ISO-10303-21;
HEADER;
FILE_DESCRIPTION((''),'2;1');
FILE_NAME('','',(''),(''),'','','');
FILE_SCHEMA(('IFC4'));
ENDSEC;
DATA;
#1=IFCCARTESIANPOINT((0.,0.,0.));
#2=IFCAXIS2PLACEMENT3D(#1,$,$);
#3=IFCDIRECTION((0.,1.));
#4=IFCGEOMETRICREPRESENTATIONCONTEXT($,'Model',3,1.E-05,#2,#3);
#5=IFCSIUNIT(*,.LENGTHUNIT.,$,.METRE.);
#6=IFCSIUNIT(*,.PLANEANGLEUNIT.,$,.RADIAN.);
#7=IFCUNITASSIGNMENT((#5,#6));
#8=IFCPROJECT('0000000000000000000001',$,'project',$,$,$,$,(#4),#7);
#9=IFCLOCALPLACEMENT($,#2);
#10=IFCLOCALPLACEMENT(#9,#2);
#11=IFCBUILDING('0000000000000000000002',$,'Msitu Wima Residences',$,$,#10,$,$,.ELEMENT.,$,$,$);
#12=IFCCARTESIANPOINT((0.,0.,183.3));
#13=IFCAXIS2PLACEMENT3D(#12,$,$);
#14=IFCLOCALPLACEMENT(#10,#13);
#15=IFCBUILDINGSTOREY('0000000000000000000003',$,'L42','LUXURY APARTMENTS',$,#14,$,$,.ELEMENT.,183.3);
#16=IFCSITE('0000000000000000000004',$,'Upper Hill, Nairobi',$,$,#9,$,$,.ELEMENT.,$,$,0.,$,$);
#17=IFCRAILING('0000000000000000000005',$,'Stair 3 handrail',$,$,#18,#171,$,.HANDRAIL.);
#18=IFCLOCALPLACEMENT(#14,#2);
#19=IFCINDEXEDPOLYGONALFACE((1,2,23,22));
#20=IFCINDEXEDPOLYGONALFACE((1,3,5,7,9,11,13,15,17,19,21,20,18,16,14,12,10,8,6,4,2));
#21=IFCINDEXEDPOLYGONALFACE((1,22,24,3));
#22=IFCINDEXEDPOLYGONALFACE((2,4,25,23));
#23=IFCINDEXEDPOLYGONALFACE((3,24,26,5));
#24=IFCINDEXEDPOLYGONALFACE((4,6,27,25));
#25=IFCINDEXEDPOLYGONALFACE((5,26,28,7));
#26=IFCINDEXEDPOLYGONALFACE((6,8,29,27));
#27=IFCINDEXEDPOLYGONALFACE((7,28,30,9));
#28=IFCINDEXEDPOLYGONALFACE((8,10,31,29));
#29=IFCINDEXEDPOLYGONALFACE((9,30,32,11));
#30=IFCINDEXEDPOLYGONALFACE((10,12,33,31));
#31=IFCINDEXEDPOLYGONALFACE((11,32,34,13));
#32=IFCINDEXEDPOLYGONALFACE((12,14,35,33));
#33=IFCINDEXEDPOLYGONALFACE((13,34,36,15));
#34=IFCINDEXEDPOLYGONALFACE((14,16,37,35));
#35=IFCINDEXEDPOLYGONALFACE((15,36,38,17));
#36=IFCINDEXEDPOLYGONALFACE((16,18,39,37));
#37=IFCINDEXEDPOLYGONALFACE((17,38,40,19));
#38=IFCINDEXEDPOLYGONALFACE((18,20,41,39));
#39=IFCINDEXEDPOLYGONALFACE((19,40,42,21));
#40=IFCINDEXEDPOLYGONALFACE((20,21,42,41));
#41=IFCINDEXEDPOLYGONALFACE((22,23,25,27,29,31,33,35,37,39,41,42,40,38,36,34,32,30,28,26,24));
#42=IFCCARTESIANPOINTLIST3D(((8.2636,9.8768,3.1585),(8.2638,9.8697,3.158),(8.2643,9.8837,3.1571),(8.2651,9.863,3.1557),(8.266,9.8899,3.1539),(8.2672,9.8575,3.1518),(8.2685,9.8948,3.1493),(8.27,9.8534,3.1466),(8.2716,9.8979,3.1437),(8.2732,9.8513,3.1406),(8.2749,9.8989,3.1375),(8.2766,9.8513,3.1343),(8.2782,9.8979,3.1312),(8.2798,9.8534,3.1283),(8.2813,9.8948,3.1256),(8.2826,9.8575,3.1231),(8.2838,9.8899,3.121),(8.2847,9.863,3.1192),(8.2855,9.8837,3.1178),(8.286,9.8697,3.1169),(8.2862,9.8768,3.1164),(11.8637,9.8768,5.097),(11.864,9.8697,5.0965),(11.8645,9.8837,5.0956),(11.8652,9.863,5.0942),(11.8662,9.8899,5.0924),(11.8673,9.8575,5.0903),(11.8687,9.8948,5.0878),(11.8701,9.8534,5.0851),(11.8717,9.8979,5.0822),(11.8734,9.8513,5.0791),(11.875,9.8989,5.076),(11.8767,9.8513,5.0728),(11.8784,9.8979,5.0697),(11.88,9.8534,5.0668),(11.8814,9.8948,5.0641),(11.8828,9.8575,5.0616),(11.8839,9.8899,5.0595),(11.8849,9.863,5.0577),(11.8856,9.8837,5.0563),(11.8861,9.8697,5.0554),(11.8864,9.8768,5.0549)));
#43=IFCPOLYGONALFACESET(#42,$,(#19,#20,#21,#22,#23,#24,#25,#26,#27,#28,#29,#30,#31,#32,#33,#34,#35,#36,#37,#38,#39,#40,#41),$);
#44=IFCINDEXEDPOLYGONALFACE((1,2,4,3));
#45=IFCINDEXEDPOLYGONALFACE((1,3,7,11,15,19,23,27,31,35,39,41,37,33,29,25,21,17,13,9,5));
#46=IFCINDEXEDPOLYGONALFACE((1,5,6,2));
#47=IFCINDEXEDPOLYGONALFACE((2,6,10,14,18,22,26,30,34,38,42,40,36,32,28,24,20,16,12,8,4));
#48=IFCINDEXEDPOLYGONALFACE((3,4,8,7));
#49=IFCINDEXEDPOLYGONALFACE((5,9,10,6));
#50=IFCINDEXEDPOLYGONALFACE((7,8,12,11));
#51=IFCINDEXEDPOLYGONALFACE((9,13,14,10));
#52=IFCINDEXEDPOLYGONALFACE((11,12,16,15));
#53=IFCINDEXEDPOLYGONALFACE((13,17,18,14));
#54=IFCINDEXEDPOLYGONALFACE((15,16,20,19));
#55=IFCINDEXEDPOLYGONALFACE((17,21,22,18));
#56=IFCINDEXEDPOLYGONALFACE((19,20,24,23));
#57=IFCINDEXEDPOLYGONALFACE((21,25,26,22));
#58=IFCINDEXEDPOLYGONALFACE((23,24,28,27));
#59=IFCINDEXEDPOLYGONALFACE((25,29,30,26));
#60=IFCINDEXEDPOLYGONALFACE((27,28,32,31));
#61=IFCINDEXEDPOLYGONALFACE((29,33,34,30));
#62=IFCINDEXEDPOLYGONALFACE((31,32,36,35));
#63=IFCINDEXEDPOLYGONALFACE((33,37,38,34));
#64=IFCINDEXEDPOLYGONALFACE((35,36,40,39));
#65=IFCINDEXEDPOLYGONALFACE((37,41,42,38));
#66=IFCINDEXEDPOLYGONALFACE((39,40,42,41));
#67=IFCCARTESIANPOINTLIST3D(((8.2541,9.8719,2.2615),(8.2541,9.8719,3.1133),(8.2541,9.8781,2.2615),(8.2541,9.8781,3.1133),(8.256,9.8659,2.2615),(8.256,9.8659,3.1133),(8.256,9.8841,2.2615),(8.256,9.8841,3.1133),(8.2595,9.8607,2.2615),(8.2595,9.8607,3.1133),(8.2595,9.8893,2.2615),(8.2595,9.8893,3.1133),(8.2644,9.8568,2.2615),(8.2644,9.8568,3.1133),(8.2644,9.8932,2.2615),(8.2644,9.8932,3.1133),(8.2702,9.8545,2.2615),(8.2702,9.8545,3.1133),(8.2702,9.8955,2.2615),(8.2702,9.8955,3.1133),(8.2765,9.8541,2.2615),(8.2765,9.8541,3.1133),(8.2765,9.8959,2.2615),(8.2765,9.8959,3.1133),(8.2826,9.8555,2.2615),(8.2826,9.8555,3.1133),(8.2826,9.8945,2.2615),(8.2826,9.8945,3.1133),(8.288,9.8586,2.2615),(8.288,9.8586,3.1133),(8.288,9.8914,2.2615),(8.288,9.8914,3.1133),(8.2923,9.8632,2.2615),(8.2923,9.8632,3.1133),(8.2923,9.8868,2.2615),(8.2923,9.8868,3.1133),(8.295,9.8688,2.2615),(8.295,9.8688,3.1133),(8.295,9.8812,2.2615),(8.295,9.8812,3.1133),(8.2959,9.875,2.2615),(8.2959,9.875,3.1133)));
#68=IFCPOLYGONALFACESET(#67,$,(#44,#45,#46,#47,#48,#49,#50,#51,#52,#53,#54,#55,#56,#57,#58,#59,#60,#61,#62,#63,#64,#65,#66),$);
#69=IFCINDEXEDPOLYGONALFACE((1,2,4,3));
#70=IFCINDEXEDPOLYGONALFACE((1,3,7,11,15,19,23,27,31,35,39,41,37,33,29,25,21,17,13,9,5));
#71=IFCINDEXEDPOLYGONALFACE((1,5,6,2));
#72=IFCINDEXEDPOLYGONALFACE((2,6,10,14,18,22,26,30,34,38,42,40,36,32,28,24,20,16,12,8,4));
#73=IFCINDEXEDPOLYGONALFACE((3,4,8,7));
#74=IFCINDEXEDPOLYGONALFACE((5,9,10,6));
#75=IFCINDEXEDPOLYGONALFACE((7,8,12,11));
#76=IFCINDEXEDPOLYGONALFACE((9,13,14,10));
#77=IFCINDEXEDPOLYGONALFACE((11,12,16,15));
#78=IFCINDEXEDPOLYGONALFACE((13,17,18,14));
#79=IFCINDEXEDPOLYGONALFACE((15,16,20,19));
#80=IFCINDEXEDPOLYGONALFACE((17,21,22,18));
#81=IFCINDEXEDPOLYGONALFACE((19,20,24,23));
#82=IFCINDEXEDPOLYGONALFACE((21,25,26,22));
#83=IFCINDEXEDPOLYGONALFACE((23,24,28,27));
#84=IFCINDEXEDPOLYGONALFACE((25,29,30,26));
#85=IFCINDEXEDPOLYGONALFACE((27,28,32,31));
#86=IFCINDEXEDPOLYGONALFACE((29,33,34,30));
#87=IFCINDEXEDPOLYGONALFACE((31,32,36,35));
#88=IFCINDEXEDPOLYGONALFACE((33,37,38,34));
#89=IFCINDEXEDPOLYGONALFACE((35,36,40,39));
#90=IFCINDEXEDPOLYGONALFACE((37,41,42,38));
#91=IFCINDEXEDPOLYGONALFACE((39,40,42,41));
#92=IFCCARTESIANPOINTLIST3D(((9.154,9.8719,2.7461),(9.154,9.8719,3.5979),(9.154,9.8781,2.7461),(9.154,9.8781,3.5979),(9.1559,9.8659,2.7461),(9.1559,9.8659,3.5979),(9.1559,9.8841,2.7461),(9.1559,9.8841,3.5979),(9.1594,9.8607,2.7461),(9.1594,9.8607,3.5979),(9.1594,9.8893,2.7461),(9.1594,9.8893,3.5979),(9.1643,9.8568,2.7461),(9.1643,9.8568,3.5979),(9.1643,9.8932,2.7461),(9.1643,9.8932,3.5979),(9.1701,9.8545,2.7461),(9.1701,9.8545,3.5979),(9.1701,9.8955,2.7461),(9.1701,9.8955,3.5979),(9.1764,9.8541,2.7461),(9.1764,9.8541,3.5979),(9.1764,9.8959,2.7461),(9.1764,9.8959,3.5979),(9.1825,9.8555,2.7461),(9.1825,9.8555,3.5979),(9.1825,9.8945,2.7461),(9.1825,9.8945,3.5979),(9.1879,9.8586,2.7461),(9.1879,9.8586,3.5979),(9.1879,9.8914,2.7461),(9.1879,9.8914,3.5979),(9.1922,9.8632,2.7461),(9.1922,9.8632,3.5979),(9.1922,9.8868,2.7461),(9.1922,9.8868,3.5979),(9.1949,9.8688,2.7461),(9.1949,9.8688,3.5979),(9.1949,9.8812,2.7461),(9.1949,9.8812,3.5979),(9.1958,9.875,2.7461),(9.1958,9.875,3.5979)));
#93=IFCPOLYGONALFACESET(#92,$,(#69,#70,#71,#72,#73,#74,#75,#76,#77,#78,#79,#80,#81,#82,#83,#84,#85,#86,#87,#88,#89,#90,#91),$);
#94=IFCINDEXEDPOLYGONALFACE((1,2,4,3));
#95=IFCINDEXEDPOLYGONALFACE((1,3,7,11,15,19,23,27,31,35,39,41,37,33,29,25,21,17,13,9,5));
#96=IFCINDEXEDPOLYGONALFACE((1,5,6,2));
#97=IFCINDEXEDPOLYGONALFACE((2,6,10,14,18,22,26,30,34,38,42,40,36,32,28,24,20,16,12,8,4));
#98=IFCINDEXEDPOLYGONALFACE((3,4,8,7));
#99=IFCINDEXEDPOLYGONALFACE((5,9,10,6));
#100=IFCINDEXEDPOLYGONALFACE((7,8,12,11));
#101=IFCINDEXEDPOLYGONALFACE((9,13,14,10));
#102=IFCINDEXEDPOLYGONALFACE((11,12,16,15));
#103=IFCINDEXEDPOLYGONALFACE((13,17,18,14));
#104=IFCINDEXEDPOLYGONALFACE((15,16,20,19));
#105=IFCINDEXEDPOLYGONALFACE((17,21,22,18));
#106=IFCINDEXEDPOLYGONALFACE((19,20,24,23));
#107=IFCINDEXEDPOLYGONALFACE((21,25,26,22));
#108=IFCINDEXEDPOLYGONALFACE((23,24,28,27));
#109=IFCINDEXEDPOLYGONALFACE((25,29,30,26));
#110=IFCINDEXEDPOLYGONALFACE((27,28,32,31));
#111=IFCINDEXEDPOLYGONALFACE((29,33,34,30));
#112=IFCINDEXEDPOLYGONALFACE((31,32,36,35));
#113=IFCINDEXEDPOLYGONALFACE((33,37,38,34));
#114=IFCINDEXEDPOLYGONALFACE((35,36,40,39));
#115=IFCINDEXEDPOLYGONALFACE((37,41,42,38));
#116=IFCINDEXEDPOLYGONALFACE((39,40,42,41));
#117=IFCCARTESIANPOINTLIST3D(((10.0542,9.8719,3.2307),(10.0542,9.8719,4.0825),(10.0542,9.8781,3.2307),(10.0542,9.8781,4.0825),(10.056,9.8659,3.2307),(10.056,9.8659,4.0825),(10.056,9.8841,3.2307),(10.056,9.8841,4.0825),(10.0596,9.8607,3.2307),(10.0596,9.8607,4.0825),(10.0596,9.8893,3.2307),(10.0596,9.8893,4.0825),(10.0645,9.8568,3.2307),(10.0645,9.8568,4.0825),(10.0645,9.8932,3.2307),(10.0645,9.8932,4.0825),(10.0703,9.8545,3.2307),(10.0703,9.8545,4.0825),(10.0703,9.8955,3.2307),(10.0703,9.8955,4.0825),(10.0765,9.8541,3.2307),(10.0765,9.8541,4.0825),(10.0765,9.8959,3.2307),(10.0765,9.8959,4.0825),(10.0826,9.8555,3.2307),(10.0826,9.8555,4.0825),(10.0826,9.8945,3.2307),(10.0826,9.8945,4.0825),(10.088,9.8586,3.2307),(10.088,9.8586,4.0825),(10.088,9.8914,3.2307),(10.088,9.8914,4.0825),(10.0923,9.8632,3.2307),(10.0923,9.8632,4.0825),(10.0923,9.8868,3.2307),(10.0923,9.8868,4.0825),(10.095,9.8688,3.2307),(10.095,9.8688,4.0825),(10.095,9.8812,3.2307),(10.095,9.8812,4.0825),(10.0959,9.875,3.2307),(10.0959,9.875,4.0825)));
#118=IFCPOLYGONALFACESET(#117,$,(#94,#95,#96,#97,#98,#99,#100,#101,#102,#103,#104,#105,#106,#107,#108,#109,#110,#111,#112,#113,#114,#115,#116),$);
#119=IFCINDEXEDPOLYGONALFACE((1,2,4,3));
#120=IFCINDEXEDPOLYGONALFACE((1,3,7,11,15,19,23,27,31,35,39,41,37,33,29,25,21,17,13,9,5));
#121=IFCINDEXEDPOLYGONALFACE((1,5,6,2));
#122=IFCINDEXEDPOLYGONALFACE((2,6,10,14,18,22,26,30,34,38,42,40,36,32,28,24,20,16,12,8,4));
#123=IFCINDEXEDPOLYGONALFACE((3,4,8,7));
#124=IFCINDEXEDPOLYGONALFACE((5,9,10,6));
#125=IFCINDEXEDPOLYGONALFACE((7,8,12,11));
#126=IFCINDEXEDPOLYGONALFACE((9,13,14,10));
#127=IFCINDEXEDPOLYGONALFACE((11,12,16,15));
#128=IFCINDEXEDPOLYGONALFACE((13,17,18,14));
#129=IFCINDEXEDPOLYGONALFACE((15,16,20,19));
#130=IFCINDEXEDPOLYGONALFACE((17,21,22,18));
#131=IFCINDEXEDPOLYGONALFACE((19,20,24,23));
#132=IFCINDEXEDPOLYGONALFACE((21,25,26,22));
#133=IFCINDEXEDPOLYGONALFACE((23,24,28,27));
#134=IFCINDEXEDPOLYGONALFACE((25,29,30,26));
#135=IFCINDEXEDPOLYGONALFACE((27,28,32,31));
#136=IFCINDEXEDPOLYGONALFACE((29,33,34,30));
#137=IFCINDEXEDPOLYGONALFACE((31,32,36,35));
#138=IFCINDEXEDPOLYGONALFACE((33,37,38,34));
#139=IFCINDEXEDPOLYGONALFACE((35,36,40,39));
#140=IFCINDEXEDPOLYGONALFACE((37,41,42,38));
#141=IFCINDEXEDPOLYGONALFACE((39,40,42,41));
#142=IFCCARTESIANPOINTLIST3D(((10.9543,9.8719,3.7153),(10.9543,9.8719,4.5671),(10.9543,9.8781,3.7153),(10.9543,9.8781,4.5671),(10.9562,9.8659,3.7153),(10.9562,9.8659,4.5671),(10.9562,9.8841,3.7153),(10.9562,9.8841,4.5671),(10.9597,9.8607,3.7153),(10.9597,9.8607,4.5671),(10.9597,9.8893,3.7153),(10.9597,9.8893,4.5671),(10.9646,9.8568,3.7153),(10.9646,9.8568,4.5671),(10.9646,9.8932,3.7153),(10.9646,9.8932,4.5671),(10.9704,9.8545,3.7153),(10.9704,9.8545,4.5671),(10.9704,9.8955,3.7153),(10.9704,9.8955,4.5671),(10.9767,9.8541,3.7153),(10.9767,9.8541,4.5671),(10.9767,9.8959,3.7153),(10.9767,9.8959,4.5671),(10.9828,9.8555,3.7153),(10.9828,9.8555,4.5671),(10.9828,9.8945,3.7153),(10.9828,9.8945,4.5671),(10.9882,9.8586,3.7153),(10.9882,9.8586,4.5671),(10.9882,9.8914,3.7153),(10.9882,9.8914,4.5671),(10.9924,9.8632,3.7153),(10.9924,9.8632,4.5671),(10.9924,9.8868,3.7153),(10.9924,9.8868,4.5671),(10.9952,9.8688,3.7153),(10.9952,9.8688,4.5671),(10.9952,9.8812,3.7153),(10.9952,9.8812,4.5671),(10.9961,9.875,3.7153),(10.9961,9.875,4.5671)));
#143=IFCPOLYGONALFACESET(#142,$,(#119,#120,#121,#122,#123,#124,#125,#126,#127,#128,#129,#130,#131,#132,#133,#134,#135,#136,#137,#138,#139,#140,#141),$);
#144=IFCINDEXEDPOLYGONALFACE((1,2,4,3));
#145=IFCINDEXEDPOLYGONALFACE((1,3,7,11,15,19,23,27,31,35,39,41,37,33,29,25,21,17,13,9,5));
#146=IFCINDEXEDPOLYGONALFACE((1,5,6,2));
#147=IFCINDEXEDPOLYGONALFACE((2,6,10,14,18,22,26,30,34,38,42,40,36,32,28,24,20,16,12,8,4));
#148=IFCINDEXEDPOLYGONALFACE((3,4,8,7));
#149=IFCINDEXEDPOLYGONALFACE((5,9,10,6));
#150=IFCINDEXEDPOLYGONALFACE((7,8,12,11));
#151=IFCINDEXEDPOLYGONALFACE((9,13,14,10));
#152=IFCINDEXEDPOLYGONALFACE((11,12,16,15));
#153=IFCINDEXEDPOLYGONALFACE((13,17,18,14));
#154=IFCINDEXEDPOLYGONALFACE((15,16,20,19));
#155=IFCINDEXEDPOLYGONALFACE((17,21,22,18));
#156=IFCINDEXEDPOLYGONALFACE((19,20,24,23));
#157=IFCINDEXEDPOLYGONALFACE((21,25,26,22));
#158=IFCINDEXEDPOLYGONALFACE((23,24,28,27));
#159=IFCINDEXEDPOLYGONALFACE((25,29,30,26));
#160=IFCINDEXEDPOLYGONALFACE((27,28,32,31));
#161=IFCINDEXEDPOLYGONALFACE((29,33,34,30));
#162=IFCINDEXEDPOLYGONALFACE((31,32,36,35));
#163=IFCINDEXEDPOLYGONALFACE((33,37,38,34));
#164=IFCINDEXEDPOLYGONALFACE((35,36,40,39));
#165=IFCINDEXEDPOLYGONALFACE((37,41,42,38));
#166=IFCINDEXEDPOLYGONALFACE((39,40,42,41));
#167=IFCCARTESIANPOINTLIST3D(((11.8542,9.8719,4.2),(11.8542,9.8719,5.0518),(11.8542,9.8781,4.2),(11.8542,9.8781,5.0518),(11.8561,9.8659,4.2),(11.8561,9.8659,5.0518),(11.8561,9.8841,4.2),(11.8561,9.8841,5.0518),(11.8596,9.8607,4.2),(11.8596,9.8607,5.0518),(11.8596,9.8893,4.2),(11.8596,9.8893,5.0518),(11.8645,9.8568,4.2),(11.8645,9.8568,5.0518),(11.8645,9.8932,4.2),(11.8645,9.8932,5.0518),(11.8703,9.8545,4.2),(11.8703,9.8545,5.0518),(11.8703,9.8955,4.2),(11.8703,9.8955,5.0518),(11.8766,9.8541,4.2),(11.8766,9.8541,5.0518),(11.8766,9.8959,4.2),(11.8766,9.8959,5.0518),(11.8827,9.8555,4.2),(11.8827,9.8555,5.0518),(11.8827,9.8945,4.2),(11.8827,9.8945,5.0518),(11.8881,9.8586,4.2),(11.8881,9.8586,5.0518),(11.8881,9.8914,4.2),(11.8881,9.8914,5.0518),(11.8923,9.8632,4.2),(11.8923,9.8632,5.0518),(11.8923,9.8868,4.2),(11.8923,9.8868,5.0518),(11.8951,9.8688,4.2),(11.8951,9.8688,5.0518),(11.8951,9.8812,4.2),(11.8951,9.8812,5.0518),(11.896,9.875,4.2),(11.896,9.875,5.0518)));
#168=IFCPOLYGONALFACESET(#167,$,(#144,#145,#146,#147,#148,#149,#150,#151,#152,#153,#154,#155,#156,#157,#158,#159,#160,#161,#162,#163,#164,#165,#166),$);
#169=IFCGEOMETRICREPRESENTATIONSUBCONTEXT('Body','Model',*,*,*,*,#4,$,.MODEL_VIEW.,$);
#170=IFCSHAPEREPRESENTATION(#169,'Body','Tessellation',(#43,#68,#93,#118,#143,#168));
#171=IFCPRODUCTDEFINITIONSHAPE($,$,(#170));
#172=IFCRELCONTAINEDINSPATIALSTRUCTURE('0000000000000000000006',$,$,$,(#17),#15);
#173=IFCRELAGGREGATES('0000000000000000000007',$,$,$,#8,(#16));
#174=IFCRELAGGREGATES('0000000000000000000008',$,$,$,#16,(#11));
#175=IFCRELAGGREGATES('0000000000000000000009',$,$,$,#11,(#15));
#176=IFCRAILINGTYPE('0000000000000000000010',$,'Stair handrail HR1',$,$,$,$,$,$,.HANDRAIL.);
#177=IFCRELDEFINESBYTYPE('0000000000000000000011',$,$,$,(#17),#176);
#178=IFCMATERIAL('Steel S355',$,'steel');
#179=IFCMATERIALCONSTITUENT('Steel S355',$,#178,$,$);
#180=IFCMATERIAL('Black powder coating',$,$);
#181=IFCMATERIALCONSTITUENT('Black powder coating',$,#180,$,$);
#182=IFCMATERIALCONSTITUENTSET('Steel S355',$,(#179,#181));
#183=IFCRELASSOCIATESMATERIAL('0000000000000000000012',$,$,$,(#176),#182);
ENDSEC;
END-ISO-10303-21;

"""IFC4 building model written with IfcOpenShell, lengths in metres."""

from ifc_helpers import new_model, si_unit, direction, frame, origin, origin_2d, place, context, subcontext, project, spatial, circle, extrude, material, constituent, constituent_set, type_object, element, save


model = new_model("IFC4")

# Units and contexts
model_context = context("Model", 3, precision=1e-05, world=origin(), true_north=direction((0.0, 1.0)))
body_context = subcontext(model_context, "Body", "Model", "MODEL_VIEW")
ifc_project = project(units=[si_unit("LENGTHUNIT", "METRE"), si_unit("PLANEANGLEUNIT", "RADIAN")], contexts=[model_context])

# Site, building, storey
site_placement = place(None, origin())
site = spatial("IfcSite", under=ifc_project, at=site_placement, Name="Upper Hill, Nairobi", CompositionType="ELEMENT", RefElevation=0.0)
building_placement = place(site_placement, origin())
building = spatial("IfcBuilding", under=site, at=building_placement, Name="Msitu Wima Residences", CompositionType="ELEMENT")
storey_placement = place(building_placement, frame((0.0, 0.0, 183.3)))
storey = spatial("IfcBuildingStorey", under=building, at=storey_placement, Name="L42", Description="LUXURY APARTMENTS", CompositionType="ELEMENT", Elevation=183.3)

# Railing
ifc_material_1 = material(Name="Steel S355", Category="steel")
ifc_constituent_1 = constituent(ifc_material_1, Name="Steel S355")
ifc_material_2 = material(Name="Black powder coating")
ifc_constituent_2 = constituent(ifc_material_2, Name="Black powder coating")
ifc_constituent_set = constituent_set(constituents=[ifc_constituent_1, ifc_constituent_2], Name="Steel S355")
railing_type = type_object("IfcRailingType", Name="Stair handrail HR1", PredefinedType="HANDRAIL", material=ifc_constituent_set)
railing_placement = place(storey_placement, frame((8.2749, 9.875, 2.2615)))
element("IfcRailing", 1, at=railing_placement, inside=storey, type_object=railing_type, Name="Stair 3 handrail", PredefinedType="HANDRAIL", context=body_context, shape_type="SweptSolid", body=[
    extrude(circle(Radius=0.0239, at=origin_2d()), frame((0.0, 0.0, 0.876), z_axis=(0.880475, 0.0, 0.474093), x_axis=(0.0, 1.0, 0.0)), (0.0, 0.0, 1.0), 4.0889),
    extrude(circle(Radius=0.021, at=origin_2d()), origin(), (0.0, 0.0, 1.0), 0.8518),
    extrude(circle(Radius=0.021, at=origin_2d()), frame((0.8999, 0.0, 0.4846)), (0.0, 0.0, 1.0), 0.8518),
    extrude(circle(Radius=0.021, at=origin_2d()), frame((1.8, 0.0, 0.9692)), (0.0, 0.0, 1.0), 0.8518),
    extrude(circle(Radius=0.021, at=origin_2d()), frame((2.7002, 0.0, 1.4539)), (0.0, 0.0, 1.0), 0.8518),
    extrude(circle(Radius=0.021, at=origin_2d()), frame((3.6001, 0.0, 1.9385)), (0.0, 0.0, 1.0), 0.8518),
])

save(model, "model.ifc")
